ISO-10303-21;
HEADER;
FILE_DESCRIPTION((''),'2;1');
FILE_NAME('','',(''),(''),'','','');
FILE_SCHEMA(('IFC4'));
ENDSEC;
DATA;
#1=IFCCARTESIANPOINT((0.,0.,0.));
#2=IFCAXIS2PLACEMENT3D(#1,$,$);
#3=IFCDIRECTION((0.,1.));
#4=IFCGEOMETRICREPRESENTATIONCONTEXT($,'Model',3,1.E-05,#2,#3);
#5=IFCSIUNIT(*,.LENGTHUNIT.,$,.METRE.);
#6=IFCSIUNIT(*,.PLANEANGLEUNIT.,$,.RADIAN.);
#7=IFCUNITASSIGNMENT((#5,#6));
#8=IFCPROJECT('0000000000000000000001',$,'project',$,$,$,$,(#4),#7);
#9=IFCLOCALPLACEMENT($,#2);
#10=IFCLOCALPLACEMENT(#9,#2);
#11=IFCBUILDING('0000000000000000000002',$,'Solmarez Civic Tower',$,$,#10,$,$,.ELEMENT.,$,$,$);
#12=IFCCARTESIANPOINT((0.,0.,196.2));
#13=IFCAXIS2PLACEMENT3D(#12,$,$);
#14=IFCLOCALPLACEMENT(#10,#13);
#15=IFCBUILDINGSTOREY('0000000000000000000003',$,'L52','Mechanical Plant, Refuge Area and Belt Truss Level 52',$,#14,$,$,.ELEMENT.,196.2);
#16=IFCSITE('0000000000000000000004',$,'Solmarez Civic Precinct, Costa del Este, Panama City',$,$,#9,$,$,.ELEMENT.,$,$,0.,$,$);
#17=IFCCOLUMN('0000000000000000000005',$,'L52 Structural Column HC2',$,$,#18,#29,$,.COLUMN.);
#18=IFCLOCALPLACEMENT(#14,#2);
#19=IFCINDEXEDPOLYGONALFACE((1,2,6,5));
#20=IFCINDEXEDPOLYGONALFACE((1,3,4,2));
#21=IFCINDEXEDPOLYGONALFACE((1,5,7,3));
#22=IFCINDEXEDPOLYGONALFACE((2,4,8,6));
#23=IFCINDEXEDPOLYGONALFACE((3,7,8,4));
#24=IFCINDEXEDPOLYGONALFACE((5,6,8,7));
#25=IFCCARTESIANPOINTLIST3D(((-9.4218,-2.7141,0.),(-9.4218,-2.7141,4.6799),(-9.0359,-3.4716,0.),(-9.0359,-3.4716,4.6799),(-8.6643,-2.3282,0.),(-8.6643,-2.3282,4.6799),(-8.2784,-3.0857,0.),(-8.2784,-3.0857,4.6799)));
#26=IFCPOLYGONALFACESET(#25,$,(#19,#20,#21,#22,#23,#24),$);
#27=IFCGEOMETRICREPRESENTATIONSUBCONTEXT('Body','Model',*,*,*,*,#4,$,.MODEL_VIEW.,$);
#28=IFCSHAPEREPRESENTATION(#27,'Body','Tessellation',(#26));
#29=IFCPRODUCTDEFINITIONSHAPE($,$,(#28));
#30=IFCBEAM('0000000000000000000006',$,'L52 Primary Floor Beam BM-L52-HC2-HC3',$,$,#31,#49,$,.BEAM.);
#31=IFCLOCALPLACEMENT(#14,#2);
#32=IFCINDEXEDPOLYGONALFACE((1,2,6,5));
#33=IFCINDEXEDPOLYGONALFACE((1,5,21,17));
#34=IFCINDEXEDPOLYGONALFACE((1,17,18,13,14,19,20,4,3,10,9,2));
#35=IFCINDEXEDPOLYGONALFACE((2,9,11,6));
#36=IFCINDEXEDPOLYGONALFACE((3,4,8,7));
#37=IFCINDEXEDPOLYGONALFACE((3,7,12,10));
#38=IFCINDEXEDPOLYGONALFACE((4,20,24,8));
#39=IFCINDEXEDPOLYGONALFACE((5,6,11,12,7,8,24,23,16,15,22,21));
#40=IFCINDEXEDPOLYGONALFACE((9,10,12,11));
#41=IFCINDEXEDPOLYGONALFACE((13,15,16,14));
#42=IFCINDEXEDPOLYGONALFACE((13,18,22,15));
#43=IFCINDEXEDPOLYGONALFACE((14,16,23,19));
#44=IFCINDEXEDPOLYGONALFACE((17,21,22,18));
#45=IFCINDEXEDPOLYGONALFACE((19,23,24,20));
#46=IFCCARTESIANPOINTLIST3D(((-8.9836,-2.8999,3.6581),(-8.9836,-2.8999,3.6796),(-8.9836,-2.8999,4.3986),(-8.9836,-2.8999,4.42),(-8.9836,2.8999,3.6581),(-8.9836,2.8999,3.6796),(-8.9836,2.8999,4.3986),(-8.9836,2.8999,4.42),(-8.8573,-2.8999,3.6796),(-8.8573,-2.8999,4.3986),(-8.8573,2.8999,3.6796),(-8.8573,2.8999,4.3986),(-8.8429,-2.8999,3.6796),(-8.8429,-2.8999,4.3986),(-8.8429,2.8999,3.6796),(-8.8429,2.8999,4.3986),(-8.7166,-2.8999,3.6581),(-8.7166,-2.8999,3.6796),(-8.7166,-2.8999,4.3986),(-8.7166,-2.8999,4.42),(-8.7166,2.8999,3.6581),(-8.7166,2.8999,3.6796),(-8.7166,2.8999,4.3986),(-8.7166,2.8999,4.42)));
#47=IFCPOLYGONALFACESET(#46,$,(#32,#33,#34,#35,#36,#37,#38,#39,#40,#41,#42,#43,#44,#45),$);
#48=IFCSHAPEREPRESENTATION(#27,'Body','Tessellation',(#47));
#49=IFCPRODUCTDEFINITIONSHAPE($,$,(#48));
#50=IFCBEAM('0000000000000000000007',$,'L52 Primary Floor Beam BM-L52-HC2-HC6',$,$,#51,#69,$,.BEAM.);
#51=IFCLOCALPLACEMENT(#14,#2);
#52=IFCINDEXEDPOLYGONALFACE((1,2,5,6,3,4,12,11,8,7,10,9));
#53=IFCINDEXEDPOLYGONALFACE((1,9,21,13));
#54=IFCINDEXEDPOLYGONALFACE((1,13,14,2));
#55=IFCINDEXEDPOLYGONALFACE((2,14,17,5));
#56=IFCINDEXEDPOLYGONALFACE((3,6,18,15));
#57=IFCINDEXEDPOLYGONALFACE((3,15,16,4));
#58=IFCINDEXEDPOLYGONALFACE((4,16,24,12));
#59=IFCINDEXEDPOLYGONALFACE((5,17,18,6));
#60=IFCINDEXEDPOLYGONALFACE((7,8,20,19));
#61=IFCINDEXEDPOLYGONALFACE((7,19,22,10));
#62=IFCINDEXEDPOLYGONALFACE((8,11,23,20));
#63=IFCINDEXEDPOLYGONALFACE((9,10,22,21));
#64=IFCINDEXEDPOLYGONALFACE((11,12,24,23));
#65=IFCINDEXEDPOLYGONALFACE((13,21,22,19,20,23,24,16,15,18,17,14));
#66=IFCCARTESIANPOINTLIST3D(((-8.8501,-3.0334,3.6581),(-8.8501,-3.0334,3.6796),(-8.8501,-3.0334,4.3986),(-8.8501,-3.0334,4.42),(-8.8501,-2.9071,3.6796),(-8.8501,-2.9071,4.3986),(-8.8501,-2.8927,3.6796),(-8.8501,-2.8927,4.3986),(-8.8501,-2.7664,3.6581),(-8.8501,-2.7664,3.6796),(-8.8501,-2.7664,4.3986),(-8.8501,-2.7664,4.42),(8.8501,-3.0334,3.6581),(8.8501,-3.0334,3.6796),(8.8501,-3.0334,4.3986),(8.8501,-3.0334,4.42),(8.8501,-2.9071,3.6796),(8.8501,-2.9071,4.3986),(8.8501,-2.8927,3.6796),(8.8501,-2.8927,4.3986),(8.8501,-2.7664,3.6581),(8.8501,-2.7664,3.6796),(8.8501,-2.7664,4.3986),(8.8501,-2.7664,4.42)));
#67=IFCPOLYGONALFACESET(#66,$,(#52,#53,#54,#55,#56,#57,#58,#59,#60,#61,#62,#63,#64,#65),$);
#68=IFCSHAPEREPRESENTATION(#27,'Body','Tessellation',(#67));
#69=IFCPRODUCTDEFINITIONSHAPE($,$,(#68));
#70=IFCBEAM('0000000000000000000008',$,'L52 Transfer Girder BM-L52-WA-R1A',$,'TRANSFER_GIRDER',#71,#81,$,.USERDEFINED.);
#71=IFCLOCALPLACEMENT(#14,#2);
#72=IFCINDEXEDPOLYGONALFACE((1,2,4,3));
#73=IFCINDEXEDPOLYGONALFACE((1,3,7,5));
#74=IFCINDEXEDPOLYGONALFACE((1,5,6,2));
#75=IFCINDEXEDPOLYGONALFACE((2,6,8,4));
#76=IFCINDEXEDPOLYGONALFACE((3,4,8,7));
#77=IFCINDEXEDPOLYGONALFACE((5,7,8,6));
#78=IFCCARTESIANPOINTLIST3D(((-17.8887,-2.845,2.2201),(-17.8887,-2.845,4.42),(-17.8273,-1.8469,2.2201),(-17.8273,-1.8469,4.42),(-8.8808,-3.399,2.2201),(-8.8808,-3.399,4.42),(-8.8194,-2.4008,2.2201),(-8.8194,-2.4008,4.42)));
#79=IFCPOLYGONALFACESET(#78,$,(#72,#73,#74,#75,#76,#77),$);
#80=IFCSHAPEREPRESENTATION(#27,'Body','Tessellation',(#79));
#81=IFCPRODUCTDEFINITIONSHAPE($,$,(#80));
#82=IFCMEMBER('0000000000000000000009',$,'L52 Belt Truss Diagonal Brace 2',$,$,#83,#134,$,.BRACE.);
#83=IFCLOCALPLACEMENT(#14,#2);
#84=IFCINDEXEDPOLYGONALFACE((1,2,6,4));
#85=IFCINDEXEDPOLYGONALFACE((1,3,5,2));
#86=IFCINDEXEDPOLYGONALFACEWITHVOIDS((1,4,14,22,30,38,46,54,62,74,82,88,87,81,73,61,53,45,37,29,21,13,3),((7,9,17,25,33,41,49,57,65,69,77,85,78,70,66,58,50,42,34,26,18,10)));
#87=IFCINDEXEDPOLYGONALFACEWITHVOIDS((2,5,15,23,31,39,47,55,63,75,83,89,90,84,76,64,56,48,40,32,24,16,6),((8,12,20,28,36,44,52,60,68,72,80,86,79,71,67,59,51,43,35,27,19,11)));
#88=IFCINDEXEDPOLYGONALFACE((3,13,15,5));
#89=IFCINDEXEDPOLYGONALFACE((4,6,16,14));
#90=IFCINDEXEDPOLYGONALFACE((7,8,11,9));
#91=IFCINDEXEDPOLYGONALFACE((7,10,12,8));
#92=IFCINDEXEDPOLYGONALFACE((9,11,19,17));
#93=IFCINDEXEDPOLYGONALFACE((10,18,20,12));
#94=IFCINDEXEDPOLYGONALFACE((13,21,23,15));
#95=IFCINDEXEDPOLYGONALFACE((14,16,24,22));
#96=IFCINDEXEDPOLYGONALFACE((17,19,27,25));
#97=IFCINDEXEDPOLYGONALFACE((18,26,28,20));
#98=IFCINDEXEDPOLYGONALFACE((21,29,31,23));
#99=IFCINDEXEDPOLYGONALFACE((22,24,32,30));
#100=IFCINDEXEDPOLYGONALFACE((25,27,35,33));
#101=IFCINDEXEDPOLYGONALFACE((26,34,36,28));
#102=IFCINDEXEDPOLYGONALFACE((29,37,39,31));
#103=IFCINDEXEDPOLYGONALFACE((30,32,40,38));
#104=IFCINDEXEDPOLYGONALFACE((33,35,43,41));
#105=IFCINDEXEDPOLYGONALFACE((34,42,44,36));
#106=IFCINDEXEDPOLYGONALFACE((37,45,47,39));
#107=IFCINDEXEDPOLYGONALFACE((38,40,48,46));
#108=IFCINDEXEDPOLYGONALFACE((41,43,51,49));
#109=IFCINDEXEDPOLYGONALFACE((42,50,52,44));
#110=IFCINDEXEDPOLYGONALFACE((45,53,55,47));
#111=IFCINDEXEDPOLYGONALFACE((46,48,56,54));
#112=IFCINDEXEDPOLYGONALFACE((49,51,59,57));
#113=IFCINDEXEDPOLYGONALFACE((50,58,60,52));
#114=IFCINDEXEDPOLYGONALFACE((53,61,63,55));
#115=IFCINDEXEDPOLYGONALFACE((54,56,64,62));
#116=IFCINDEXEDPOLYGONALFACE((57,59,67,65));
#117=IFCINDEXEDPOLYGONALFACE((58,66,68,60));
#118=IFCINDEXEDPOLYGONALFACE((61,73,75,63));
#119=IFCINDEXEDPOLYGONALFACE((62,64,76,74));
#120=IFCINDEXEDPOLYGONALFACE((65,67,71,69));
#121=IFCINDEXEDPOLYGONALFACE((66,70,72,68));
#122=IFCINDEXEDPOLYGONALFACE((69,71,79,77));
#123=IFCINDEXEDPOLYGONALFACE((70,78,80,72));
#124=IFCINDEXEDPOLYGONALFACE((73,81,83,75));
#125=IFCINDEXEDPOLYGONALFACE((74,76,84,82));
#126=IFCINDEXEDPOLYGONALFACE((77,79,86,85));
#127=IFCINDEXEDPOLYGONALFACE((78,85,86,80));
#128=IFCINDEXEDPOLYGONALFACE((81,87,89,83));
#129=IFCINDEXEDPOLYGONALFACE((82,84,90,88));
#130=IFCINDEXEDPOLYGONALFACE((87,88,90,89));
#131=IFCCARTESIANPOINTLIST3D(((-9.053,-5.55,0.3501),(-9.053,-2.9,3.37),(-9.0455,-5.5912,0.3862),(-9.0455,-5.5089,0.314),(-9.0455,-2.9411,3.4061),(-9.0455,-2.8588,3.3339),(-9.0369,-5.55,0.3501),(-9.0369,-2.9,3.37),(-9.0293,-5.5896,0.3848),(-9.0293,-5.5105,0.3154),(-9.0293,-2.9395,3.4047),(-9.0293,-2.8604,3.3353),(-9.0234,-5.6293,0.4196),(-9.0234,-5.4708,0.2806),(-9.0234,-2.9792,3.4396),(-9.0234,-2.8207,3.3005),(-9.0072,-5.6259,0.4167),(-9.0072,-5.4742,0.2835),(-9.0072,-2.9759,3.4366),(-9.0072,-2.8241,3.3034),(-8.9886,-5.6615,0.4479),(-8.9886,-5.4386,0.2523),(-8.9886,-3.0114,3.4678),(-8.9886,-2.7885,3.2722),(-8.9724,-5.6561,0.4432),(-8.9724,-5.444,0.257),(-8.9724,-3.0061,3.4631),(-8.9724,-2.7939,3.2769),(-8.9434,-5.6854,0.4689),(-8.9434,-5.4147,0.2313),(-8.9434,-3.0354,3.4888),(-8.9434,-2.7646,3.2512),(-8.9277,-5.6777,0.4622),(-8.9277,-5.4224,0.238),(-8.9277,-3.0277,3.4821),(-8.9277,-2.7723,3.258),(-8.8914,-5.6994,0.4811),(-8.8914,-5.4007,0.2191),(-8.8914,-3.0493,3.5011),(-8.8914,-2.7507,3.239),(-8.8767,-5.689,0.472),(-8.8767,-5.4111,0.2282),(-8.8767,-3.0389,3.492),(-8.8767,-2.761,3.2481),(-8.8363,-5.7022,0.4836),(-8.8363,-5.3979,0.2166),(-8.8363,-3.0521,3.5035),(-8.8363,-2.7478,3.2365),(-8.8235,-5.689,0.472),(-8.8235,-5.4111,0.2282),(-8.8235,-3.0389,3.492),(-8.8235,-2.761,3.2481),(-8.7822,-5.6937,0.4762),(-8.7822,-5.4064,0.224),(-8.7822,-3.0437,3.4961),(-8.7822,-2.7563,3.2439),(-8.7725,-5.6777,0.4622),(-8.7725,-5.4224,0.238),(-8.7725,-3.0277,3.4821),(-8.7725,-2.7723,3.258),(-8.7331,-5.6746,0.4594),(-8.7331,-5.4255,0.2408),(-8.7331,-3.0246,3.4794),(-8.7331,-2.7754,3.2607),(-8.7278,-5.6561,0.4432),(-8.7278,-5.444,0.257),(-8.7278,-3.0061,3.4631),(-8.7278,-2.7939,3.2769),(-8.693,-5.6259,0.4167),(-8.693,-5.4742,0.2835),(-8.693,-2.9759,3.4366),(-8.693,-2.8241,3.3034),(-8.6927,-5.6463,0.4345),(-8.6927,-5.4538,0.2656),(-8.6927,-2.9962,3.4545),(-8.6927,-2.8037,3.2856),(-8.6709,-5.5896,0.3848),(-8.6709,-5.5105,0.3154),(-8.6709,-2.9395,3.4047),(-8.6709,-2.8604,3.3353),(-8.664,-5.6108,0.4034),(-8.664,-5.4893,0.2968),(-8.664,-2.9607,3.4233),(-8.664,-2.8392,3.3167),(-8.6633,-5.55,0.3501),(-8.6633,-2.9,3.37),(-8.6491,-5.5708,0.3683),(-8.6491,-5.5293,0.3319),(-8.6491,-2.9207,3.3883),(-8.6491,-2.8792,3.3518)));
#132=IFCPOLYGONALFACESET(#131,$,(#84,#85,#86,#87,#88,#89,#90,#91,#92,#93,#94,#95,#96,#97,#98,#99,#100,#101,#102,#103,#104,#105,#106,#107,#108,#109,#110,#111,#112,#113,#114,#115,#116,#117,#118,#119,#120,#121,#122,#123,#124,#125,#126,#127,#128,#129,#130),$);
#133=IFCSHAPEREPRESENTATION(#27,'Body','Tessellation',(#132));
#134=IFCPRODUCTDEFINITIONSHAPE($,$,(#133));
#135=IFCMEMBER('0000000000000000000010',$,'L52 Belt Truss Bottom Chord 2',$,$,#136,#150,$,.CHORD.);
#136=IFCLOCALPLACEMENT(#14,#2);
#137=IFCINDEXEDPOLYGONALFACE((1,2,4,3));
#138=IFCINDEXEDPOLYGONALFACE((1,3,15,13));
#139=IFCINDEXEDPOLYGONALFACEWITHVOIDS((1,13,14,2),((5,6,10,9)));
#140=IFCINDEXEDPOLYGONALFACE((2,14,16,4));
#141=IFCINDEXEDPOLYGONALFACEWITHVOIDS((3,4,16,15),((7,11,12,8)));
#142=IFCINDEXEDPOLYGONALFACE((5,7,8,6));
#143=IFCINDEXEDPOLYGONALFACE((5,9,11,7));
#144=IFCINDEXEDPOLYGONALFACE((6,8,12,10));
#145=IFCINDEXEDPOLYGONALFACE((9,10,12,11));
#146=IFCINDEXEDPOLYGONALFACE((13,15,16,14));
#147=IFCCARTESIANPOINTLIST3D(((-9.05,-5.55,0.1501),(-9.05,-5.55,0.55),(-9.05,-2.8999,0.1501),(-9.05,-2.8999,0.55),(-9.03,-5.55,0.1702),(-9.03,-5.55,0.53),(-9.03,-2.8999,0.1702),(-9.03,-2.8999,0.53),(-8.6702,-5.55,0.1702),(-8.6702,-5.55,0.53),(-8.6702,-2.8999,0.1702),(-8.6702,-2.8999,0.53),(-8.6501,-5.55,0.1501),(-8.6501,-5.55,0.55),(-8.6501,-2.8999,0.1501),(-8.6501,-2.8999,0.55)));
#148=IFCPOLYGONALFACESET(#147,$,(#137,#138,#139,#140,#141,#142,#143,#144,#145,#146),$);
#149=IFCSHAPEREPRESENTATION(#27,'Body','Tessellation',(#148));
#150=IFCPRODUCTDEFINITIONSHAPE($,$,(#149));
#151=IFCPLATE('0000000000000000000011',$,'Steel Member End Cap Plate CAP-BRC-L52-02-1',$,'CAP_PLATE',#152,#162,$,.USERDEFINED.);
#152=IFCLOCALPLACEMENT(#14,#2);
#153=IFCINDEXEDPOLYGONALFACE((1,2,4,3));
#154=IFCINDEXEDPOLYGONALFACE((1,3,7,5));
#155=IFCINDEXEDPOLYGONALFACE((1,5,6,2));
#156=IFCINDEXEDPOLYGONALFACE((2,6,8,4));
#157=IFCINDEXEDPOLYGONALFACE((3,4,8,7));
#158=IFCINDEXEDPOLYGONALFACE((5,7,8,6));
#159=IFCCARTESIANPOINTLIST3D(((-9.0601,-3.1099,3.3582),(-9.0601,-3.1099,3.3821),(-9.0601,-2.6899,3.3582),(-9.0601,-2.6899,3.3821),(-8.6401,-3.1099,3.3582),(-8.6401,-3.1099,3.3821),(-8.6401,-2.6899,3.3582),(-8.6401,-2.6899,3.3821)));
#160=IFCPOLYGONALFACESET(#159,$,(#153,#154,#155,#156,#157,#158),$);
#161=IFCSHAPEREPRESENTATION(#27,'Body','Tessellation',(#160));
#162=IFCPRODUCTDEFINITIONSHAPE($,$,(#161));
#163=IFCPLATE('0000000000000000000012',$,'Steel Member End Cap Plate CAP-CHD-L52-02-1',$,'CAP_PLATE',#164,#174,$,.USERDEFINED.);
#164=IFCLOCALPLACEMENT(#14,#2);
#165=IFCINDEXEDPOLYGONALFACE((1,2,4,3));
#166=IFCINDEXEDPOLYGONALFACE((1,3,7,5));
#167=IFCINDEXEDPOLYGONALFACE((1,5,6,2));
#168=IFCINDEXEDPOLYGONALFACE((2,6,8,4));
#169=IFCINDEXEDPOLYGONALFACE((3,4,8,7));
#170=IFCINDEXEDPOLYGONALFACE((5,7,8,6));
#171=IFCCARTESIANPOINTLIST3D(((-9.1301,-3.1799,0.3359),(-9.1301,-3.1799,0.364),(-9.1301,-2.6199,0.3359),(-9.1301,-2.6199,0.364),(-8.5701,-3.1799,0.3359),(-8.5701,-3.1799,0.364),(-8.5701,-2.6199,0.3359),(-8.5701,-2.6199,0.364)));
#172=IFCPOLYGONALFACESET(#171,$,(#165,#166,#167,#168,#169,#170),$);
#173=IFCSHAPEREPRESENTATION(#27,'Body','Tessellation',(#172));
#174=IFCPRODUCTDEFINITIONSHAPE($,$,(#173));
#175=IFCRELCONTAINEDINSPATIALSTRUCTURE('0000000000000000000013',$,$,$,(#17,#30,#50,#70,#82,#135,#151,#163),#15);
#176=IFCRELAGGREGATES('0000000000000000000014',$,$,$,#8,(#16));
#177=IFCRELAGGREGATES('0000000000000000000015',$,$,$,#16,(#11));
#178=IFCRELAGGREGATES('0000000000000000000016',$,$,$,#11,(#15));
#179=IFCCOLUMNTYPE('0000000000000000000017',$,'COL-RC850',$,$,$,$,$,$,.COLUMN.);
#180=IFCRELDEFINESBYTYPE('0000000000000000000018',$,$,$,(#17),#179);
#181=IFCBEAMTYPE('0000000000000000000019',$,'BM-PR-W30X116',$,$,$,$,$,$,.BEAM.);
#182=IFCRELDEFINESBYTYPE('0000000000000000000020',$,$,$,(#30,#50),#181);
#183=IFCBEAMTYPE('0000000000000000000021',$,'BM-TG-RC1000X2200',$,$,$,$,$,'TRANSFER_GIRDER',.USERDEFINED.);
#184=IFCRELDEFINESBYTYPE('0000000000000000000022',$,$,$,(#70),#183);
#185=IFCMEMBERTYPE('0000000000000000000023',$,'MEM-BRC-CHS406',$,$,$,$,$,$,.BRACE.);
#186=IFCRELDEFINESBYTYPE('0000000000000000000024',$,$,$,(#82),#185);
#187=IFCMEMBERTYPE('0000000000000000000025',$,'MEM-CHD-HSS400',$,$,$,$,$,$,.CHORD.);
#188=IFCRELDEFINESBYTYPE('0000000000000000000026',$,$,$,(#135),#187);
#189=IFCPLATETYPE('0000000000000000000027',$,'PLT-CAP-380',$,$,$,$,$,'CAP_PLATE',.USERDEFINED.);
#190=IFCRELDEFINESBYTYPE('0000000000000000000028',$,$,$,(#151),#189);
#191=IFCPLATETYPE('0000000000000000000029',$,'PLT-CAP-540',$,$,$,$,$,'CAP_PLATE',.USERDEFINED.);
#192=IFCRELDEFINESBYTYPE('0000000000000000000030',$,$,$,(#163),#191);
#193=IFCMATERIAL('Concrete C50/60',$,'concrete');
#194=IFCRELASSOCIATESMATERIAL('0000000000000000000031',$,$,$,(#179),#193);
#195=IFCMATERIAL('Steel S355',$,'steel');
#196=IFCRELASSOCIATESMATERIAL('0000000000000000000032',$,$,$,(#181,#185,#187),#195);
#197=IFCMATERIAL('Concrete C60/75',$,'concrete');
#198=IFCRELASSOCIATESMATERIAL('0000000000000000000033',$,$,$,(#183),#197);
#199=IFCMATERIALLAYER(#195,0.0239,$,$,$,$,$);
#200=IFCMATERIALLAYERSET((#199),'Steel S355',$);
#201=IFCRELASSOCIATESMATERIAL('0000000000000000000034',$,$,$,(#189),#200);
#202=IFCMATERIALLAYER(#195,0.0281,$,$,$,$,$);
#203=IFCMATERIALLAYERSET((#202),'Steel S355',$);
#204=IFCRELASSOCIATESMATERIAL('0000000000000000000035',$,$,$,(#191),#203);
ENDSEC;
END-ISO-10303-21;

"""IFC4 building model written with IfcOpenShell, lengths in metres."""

from ifc_helpers import new_model, si_unit, direction, frame, origin, origin_2d, place, context, subcontext, project, spatial, rectangle, hollow_rectangle, hollow_circle, i_section, extrude, material, layer, layer_set, material_profile, profile_set, type_object, element, save


model = new_model("IFC4")

# Units and contexts
model_context = context("Model", 3, precision=1e-05, world=origin(), true_north=direction((0.0, 1.0)))
body_context = subcontext(model_context, "Body", "Model", "MODEL_VIEW")
ifc_project = project(units=[si_unit("LENGTHUNIT", "METRE"), si_unit("PLANEANGLEUNIT", "RADIAN")], contexts=[model_context])

# Site, building, storey
site_placement = place(None, origin())
site = spatial("IfcSite", under=ifc_project, at=site_placement, Name="Solmarez Civic Precinct, Costa del Este, Panama City", CompositionType="ELEMENT", RefElevation=0.0)
building_placement = place(site_placement, origin())
building = spatial("IfcBuilding", under=site, at=building_placement, Name="Solmarez Civic Tower", CompositionType="ELEMENT")
storey_placement = place(building_placement, frame((0.0, 0.0, 196.2)))
storey = spatial("IfcBuildingStorey", under=building, at=storey_placement, Name="L52", Description="Mechanical Plant, Refuge Area and Belt Truss Level 52", CompositionType="ELEMENT", Elevation=196.2)

# Column
ifc_material_1 = material(Name="Concrete C50/60", Category="concrete")
ifc_material_profile_1 = material_profile(ifc_material_1, rectangle(XDim=0.8501, YDim=0.8501, at=origin_2d()), Name="RC850X850")
ifc_profile_set_1 = profile_set([ifc_material_profile_1], Name="Concrete C50/60")
column_type = type_object("IfcColumnType", Name="COL-RC850", PredefinedType="COLUMN", material=ifc_profile_set_1)
column_placement = place(storey_placement, frame((-8.8501, -2.8999, 0.0), z_axis=(0.0, 0.0, 1.0), x_axis=(0.891007, 0.45399, 0.0)))
element("IfcColumn", 1, at=column_placement, inside=storey, type_object=column_type, Name="L52 Structural Column HC2", PredefinedType="COLUMN", context=body_context, shape_type="SweptSolid", body=[
    extrude(rectangle(XDim=0.8501, YDim=0.8501, at=origin_2d()), origin(), (0.0, 0.0, 1.0), 4.6799),
])

# Beams
ifc_material_2 = material(Name="Steel S355", Category="steel")
ifc_material_profile_2 = material_profile(ifc_material_2, i_section(OverallWidth=0.2671, OverallDepth=0.762, WebThickness=0.0144, FlangeThickness=0.0215, at=origin_2d()), Name="W30X116")
ifc_profile_set_2 = profile_set([ifc_material_profile_2], Name="Steel S355")
beam_type_1 = type_object("IfcBeamType", Name="BM-PR-W30X116", PredefinedType="BEAM", material=ifc_profile_set_2)
beam_1_placement = place(storey_placement, frame((-8.8501, -2.8999, 4.0391), z_axis=(0.0, 1.0, 0.0), x_axis=(-1.0, 0.0, 0.0)))
element("IfcBeam", 2, at=beam_1_placement, inside=storey, type_object=beam_type_1, Name="L52 Primary Floor Beam BM-L52-HC2-HC3", PredefinedType="BEAM", context=body_context, shape_type="SweptSolid", body=[
    extrude(i_section(OverallWidth=0.2671, OverallDepth=0.762, WebThickness=0.0144, FlangeThickness=0.0215, at=origin_2d()), origin(), (0.0, 0.0, 1.0), 5.7998),
])
beam_2_placement = place(storey_placement, frame((-8.8501, -2.8999, 4.0391), z_axis=(1.0, 0.0, 0.0), x_axis=(0.0, 1.0, 0.0)))
element("IfcBeam", 3, at=beam_2_placement, inside=storey, type_object=beam_type_1, Name="L52 Primary Floor Beam BM-L52-HC2-HC6", PredefinedType="BEAM", context=body_context, shape_type="SweptSolid", body=[
    extrude(i_section(OverallWidth=0.2671, OverallDepth=0.762, WebThickness=0.0144, FlangeThickness=0.0215, at=origin_2d()), origin(), (0.0, 0.0, 1.0), 17.7002),
])
ifc_material_3 = material(Name="Concrete C60/75", Category="concrete")
ifc_material_profile_3 = material_profile(ifc_material_3, rectangle(XDim=1.0, YDim=2.2, at=origin_2d()), Name="RC1000X2200")
ifc_profile_set_3 = profile_set([ifc_material_profile_3], Name="Concrete C60/75")
beam_type_2 = type_object("IfcBeamType", Name="BM-TG-RC1000X2200", ElementType="TRANSFER_GIRDER", PredefinedType="USERDEFINED", material=ifc_profile_set_3)
beam_3_placement = place(storey_placement, frame((-8.8501, -2.8999, 3.3201), z_axis=(-0.998114, 0.061381, 0.0), x_axis=(-0.061381, -0.998114, 0.0)))
element("IfcBeam", 4, at=beam_3_placement, inside=storey, type_object=beam_type_2, Name="L52 Transfer Girder BM-L52-WA-R1A", ObjectType="TRANSFER_GIRDER", PredefinedType="USERDEFINED", context=body_context, shape_type="SweptSolid", body=[
    extrude(rectangle(XDim=1.0, YDim=2.2, at=origin_2d()), origin(), (0.0, 0.0, 1.0), 9.0249),
])

# Members
ifc_material_profile_4 = material_profile(ifc_material_2, hollow_circle(Radius=0.2029, WallThickness=0.0161, at=origin_2d()), Name="CHS406X16")
ifc_profile_set_4 = profile_set([ifc_material_profile_4], Name="Steel S355")
member_type_1 = type_object("IfcMemberType", Name="MEM-BRC-CHS406", PredefinedType="BRACE", material=ifc_profile_set_4)
member_1_placement = place(storey_placement, frame((-8.8501, -5.55, 0.3501), z_axis=(0.0, 0.659579, 0.751635), x_axis=(-1.0, 0.0, 0.0)))
element("IfcMember", 5, at=member_1_placement, inside=storey, type_object=member_type_1, Name="L52 Belt Truss Diagonal Brace 2", PredefinedType="BRACE", context=body_context, shape_type="SweptSolid", body=[
    extrude(hollow_circle(Radius=0.2029, WallThickness=0.0161, at=origin_2d()), origin(), (0.0, 0.0, 1.0), 4.0178),
])
ifc_material_profile_5 = material_profile(ifc_material_2, hollow_rectangle(XDim=0.3999, YDim=0.3999, WallThickness=0.02, at=origin_2d()), Name="HSS400X400X20")
ifc_profile_set_5 = profile_set([ifc_material_profile_5], Name="Steel S355")
member_type_2 = type_object("IfcMemberType", Name="MEM-CHD-HSS400", PredefinedType="CHORD", material=ifc_profile_set_5)
member_2_placement = place(storey_placement, frame((-8.8501, -5.55, 0.3501), z_axis=(0.0, 1.0, 0.0), x_axis=(-1.0, 0.0, 0.0)))
element("IfcMember", 6, at=member_2_placement, inside=storey, type_object=member_type_2, Name="L52 Belt Truss Bottom Chord 2", PredefinedType="CHORD", context=body_context, shape_type="SweptSolid", body=[
    extrude(hollow_rectangle(XDim=0.3999, YDim=0.3999, WallThickness=0.02, at=origin_2d()), origin(), (0.0, 0.0, 1.0), 2.6501),
])

# Plates
ifc_layer_1 = layer(ifc_material_2, 0.0239)
ifc_layer_set_1 = layer_set([ifc_layer_1], Name="Steel S355")
plate_type_1 = type_object("IfcPlateType", Name="PLT-CAP-380", ElementType="CAP_PLATE", PredefinedType="USERDEFINED", material=ifc_layer_set_1)
plate_1_placement = place(storey_placement, frame((-8.8501, -2.8999, 3.3582), z_axis=(0.0, 0.0, 1.0), x_axis=(1.0, 0.0, 0.0)))
element("IfcPlate", 7, at=plate_1_placement, inside=storey, type_object=plate_type_1, Name="Steel Member End Cap Plate CAP-BRC-L52-02-1", ObjectType="CAP_PLATE", PredefinedType="USERDEFINED", context=body_context, shape_type="SweptSolid", body=[
    extrude(rectangle(XDim=0.4199, YDim=0.4199, at=origin_2d()), origin(), (0.0, 0.0, 1.0), 0.0239),
])
ifc_layer_2 = layer(ifc_material_2, 0.0281)
ifc_layer_set_2 = layer_set([ifc_layer_2], Name="Steel S355")
plate_type_2 = type_object("IfcPlateType", Name="PLT-CAP-540", ElementType="CAP_PLATE", PredefinedType="USERDEFINED", material=ifc_layer_set_2)
plate_2_placement = place(storey_placement, frame((-8.8501, -2.8999, 0.3359), z_axis=(0.0, 0.0, 1.0), x_axis=(1.0, 0.0, 0.0)))
element("IfcPlate", 8, at=plate_2_placement, inside=storey, type_object=plate_type_2, Name="Steel Member End Cap Plate CAP-CHD-L52-02-1", ObjectType="CAP_PLATE", PredefinedType="USERDEFINED", context=body_context, shape_type="SweptSolid", body=[
    extrude(rectangle(XDim=0.5601, YDim=0.5601, at=origin_2d()), origin(), (0.0, 0.0, 1.0), 0.0281),
])

save(model, "model.ifc")
